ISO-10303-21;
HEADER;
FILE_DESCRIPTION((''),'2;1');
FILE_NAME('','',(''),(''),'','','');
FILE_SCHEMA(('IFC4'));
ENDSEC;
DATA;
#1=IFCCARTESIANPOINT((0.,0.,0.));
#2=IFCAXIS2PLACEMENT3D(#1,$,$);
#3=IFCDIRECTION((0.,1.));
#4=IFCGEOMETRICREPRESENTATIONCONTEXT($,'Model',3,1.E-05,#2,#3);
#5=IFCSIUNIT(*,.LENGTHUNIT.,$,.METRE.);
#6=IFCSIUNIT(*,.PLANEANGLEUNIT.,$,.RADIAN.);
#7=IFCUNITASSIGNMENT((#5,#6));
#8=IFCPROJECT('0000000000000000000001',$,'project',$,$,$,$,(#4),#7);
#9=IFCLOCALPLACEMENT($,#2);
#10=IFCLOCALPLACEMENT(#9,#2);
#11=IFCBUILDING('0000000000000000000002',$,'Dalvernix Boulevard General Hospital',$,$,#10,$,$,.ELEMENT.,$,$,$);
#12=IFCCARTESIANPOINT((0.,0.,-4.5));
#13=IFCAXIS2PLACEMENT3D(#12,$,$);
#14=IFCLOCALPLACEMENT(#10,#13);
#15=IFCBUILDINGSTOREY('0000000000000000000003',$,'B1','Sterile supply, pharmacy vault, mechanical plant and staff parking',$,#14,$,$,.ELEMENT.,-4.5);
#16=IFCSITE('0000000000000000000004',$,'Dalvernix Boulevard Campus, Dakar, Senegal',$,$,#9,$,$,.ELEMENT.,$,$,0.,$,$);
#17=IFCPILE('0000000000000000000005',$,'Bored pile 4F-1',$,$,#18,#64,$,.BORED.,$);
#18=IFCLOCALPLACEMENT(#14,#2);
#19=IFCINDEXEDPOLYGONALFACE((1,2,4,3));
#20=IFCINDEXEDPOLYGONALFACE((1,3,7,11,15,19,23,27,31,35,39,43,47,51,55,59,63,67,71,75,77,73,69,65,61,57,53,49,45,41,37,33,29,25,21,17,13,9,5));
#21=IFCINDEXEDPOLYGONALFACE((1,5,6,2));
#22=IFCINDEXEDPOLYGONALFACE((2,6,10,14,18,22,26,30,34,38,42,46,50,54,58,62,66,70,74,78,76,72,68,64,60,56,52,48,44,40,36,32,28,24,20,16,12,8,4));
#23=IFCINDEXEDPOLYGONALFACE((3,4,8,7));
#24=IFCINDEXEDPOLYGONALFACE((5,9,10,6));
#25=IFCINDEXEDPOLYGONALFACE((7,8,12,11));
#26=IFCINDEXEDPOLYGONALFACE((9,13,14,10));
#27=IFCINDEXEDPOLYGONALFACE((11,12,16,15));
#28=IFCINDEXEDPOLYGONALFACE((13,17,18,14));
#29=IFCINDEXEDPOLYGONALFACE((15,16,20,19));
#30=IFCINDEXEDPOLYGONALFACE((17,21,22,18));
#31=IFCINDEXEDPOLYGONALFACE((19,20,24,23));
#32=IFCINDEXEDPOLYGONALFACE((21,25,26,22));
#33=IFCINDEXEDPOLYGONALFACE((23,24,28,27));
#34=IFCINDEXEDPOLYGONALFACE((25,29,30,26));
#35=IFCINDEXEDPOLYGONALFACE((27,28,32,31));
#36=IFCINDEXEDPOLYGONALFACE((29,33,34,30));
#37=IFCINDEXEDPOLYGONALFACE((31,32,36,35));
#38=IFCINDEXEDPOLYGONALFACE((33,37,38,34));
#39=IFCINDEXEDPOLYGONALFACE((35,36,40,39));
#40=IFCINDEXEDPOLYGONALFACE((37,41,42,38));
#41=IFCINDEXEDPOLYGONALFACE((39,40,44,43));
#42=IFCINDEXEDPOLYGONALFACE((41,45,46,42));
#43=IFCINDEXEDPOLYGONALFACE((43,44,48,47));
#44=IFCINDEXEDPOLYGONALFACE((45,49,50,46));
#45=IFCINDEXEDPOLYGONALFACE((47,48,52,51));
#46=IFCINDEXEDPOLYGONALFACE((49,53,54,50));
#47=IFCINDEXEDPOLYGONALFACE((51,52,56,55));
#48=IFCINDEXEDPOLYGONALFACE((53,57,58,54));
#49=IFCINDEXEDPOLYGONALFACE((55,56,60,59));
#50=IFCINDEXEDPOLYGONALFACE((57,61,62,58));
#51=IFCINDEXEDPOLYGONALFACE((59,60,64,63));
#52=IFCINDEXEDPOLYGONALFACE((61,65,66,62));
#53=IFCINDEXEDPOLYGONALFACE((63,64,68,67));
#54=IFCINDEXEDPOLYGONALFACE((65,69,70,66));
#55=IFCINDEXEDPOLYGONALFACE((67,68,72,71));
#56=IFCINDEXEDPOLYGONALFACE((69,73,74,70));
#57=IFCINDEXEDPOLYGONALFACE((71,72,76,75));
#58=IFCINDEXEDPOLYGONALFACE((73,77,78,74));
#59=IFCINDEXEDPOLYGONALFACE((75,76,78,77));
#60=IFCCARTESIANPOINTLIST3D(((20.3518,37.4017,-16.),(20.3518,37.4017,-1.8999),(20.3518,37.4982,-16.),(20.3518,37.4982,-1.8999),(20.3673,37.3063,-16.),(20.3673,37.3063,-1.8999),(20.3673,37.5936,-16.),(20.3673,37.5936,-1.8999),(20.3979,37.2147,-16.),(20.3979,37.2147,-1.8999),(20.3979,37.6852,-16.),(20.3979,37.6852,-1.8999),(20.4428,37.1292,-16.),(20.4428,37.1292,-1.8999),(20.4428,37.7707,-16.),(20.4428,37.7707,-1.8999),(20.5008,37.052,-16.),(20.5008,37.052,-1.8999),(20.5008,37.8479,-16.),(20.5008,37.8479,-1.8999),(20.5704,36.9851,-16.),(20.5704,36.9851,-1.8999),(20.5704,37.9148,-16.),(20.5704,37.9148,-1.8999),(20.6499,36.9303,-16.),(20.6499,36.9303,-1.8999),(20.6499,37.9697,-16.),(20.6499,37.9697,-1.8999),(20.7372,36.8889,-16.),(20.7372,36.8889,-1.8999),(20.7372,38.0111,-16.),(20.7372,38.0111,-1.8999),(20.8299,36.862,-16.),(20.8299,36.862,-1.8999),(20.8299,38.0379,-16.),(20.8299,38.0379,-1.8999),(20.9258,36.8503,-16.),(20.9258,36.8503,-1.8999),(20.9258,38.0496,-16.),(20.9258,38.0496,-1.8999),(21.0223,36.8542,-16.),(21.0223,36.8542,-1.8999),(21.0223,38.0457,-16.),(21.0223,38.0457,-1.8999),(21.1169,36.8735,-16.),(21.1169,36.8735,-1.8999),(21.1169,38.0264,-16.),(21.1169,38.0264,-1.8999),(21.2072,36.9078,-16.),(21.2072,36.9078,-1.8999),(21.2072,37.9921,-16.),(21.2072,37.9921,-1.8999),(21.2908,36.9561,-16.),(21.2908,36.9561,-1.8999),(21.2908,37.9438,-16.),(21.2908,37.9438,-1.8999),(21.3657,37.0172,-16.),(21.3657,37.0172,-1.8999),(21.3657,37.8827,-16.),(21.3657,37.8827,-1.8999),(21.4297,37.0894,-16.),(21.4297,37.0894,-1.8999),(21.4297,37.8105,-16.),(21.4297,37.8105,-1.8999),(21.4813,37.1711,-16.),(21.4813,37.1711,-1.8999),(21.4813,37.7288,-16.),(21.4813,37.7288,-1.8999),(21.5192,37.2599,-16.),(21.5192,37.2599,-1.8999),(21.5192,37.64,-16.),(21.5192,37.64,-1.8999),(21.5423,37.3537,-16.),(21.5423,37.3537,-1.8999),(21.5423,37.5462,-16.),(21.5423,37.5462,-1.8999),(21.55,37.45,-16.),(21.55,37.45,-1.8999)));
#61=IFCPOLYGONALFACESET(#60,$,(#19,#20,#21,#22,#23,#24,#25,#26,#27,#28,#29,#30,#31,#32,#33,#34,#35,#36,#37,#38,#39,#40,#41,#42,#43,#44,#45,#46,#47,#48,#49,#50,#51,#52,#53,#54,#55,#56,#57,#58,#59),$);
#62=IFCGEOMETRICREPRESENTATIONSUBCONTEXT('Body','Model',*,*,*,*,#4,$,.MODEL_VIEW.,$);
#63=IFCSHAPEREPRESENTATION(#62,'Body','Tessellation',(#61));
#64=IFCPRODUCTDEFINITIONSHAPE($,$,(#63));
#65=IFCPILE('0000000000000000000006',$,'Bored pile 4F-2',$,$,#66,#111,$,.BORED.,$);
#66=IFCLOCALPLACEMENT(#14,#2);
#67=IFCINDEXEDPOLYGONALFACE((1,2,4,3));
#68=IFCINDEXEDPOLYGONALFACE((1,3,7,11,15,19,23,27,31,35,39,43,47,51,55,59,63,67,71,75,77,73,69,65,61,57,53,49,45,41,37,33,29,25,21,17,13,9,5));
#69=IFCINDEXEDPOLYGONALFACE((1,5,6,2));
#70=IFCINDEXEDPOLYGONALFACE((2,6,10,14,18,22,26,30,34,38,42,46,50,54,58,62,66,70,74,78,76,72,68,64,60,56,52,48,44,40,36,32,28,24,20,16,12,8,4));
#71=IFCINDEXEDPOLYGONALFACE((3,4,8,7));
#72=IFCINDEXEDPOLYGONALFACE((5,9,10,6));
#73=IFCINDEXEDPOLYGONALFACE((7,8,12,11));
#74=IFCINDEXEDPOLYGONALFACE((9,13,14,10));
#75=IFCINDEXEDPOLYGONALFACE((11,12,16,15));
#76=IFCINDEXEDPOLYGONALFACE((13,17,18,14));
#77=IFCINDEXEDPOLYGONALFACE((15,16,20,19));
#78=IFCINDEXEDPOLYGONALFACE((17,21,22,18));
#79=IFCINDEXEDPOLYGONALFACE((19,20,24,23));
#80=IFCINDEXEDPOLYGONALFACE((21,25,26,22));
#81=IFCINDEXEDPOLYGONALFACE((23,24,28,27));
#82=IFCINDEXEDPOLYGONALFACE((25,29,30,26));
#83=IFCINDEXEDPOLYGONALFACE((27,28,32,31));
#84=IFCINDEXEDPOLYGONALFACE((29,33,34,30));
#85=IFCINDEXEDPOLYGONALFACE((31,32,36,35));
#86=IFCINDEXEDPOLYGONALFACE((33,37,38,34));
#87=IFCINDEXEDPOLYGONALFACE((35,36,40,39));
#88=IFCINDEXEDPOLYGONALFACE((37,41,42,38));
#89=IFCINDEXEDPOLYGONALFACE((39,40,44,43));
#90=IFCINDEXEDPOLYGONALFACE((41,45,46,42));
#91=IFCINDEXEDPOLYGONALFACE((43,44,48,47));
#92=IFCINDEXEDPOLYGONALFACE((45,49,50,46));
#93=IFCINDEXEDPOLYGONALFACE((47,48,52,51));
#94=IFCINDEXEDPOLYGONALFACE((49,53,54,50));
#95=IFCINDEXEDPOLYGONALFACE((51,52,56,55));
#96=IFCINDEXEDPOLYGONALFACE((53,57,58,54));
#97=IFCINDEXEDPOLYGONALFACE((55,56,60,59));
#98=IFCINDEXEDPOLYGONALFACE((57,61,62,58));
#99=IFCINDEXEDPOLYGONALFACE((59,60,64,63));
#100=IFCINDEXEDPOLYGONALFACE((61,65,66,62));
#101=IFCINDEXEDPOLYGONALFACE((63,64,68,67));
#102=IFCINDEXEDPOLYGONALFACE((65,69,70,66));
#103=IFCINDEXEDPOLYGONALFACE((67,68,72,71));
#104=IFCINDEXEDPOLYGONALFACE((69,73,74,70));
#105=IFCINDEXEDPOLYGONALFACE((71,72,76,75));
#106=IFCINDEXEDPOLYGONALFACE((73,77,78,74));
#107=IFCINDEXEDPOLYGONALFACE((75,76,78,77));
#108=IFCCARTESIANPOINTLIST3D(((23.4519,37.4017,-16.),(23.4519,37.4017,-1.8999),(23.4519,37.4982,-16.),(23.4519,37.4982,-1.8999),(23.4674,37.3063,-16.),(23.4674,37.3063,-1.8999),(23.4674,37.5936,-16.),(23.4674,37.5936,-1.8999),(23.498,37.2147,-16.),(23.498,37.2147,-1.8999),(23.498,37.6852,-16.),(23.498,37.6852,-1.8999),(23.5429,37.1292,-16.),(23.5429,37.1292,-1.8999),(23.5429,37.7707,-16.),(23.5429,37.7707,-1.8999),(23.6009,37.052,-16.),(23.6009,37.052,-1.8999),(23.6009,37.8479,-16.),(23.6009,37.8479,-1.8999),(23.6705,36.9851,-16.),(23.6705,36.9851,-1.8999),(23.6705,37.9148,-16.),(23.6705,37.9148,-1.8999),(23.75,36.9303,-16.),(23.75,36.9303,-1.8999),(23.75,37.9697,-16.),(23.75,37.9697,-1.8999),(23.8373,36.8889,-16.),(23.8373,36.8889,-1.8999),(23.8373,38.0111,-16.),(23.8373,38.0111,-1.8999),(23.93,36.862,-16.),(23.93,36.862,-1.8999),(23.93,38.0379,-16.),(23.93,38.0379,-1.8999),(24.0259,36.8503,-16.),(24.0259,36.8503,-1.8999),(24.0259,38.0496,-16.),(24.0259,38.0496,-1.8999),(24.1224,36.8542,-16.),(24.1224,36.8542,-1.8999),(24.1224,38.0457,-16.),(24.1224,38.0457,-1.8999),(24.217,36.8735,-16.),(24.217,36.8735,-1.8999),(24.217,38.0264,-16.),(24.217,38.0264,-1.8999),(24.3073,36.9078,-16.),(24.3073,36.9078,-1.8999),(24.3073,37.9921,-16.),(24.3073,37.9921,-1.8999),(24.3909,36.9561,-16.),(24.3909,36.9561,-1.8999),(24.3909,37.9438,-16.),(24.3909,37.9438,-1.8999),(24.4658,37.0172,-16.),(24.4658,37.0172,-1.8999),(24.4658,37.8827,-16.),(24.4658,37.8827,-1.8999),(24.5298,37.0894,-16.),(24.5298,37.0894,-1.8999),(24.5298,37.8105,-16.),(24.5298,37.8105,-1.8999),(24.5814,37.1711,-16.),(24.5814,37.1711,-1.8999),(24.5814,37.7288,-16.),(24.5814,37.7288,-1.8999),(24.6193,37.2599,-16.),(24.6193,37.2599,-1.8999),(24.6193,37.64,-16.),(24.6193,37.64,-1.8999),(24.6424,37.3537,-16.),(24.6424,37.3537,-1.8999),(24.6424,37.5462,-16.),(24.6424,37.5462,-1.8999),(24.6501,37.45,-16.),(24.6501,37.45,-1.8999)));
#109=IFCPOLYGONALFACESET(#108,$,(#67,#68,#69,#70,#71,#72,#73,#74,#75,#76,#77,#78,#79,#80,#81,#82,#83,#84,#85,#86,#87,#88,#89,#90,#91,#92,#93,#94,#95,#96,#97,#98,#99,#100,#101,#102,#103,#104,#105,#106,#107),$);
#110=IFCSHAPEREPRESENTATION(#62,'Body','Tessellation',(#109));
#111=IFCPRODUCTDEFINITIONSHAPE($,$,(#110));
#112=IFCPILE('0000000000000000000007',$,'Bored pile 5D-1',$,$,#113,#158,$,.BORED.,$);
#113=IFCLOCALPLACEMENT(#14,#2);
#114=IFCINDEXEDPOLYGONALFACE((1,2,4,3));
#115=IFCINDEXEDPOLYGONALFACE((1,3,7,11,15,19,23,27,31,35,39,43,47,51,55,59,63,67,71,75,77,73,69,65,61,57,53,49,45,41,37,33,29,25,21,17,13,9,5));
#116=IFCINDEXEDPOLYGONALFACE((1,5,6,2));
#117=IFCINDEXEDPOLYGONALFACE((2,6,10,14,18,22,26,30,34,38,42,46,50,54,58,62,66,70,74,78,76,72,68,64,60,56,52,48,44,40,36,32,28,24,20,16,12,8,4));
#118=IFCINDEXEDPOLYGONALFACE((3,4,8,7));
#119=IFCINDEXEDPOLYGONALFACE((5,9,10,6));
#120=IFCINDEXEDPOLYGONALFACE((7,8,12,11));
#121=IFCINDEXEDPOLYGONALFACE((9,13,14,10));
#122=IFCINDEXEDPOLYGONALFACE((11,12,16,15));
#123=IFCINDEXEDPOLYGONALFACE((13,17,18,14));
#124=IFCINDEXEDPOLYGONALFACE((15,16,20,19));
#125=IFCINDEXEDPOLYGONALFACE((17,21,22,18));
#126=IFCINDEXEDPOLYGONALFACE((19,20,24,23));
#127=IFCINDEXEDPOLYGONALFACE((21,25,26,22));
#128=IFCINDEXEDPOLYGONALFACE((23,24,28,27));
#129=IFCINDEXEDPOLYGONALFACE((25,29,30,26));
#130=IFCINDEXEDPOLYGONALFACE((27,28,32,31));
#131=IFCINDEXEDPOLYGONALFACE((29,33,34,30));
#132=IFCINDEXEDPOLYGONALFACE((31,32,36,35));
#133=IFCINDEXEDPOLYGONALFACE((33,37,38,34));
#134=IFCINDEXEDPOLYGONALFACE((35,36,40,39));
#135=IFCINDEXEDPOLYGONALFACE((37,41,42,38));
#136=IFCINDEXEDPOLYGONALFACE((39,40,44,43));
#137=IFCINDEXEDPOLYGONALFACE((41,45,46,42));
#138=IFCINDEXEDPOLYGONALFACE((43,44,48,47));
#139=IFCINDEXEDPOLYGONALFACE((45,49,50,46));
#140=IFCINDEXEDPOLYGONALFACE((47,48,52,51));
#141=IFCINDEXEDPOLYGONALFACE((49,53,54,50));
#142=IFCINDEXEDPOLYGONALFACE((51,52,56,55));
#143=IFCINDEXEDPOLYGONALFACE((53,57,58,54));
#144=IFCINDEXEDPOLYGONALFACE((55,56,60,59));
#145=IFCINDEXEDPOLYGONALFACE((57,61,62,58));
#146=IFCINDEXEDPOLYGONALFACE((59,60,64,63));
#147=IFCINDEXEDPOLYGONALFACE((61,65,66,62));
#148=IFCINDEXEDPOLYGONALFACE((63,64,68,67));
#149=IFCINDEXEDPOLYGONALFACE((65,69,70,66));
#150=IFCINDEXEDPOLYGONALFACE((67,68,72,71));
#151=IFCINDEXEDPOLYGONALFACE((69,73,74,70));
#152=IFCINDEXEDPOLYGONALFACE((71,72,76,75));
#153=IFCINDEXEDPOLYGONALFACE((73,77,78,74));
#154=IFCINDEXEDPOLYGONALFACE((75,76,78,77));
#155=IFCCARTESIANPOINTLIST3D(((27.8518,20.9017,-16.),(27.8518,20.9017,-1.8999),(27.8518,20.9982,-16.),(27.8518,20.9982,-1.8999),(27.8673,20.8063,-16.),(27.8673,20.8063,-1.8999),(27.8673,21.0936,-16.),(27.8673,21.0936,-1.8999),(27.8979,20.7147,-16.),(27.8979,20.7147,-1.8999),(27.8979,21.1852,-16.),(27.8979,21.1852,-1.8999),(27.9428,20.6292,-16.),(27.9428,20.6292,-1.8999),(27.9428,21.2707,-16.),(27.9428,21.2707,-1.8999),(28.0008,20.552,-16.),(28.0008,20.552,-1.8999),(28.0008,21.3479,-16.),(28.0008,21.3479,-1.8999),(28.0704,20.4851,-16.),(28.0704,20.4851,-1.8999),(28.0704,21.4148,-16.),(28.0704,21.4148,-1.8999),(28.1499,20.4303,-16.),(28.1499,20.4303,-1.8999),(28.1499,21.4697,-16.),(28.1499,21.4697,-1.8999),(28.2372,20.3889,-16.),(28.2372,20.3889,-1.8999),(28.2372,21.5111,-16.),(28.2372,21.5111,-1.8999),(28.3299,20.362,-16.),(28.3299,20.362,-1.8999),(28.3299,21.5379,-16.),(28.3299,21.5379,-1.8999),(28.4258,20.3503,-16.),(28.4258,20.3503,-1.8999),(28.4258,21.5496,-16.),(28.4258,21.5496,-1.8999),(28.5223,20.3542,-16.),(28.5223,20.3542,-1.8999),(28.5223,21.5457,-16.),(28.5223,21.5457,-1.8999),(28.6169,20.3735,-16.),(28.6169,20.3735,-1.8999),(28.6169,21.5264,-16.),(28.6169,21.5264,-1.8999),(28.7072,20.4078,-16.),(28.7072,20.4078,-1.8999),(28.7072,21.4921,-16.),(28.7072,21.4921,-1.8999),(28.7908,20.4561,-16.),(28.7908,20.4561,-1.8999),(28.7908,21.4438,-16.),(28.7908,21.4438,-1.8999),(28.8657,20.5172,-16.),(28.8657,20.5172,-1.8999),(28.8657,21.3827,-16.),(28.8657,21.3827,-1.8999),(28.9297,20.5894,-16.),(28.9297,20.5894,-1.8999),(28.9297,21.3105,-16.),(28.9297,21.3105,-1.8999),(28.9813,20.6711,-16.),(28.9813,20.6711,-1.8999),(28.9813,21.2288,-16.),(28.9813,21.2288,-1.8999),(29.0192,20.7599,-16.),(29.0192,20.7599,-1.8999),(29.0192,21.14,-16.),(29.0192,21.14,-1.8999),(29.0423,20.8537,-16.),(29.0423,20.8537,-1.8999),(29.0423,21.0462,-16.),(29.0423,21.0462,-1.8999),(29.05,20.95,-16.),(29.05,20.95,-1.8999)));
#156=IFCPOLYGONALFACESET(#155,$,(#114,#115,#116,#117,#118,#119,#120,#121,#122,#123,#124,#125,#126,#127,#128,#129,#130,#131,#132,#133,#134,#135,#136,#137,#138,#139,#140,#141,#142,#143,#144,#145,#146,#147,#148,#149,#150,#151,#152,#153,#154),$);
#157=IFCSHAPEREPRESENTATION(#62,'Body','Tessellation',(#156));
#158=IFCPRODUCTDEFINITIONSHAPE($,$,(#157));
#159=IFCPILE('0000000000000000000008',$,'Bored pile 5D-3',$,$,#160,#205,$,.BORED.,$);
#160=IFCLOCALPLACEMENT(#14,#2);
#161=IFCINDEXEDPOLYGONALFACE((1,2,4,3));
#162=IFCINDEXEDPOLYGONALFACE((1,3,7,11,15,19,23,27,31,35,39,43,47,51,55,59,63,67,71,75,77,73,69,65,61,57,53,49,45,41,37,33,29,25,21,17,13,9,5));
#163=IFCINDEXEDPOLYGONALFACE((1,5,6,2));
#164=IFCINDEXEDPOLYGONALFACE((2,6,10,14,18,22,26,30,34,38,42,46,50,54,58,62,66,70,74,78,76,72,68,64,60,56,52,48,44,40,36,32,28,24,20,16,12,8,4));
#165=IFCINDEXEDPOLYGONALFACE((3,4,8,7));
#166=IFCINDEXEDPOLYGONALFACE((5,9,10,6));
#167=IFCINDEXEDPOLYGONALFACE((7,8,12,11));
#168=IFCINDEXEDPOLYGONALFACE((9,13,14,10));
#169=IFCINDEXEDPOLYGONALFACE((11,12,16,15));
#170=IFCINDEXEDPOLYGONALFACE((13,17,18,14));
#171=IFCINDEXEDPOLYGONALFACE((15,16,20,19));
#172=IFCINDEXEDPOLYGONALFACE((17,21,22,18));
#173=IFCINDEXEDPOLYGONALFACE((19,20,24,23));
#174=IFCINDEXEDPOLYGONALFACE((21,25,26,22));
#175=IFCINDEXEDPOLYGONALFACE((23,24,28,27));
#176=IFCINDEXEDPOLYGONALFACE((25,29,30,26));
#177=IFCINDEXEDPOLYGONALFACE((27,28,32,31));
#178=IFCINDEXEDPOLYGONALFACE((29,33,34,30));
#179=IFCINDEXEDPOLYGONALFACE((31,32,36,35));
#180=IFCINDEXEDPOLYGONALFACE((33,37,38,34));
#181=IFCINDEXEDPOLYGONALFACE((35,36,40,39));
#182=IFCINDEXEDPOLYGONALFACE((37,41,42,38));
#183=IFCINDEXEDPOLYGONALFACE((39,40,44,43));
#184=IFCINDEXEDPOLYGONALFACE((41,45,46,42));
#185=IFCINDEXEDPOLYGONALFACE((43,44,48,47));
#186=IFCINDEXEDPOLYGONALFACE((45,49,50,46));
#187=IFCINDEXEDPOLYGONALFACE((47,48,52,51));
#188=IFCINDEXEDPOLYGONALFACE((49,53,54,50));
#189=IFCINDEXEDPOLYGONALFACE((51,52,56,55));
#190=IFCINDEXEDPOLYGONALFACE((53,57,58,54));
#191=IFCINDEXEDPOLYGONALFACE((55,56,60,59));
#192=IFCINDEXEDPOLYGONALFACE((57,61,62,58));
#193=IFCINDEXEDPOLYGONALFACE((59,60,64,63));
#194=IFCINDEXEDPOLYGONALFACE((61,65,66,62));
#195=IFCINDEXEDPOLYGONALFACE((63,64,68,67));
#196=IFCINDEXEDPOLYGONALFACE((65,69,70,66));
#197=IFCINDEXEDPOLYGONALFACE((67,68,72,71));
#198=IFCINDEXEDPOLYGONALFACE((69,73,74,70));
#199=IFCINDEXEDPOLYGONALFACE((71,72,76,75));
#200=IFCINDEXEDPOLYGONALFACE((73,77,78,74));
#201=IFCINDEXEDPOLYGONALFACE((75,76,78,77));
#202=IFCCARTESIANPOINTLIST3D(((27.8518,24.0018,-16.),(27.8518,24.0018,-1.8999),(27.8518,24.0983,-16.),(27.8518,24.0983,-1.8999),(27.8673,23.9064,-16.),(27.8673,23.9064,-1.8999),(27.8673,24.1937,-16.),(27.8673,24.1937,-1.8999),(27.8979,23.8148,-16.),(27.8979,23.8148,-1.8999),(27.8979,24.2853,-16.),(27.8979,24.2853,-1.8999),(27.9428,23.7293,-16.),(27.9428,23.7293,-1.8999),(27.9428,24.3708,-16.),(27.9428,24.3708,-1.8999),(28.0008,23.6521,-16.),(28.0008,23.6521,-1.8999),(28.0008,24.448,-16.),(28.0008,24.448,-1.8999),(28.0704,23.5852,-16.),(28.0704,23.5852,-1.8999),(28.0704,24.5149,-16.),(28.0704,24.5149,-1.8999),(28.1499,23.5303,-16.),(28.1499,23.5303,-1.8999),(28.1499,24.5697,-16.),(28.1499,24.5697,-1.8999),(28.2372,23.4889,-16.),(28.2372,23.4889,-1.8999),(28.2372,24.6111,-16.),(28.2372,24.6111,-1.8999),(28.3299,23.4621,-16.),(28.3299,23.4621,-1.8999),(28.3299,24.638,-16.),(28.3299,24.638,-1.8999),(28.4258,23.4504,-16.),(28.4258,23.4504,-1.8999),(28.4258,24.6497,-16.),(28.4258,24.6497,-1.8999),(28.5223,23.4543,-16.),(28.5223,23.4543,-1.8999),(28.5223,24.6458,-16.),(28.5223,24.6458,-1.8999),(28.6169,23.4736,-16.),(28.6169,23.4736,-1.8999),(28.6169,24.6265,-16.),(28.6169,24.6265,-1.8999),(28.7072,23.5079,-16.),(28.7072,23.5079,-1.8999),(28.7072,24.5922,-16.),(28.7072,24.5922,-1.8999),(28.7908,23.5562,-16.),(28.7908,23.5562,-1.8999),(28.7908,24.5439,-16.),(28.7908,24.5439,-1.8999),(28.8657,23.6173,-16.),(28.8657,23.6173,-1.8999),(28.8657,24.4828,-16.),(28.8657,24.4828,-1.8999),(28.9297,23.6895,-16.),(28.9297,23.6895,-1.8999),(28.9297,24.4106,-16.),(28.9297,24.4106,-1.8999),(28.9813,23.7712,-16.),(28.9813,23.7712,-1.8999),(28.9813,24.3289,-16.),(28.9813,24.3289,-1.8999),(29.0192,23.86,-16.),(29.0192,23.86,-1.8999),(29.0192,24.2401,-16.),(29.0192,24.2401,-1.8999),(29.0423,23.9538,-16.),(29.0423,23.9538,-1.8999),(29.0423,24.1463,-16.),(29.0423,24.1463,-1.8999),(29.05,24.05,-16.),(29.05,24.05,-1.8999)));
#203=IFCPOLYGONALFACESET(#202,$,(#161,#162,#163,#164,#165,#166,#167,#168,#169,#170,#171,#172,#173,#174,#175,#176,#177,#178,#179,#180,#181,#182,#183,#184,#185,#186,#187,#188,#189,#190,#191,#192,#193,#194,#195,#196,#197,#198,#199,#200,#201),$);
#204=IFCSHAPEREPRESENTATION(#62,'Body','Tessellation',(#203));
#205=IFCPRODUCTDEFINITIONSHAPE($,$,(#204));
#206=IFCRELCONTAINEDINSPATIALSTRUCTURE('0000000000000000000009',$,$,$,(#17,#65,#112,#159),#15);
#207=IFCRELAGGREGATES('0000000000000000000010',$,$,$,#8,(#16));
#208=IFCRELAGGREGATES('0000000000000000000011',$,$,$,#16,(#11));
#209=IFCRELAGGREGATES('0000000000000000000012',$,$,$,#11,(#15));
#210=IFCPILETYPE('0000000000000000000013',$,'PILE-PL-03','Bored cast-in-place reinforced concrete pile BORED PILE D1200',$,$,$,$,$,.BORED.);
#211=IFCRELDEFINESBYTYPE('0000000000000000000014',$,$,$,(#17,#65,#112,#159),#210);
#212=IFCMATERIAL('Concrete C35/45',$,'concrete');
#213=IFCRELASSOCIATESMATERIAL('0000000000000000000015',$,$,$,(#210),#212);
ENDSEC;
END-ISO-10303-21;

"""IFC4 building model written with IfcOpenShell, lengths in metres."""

from ifc_helpers import new_model, si_unit, direction, frame, origin, origin_2d, place, context, subcontext, project, spatial, circle, extrude, material, material_profile, profile_set, type_object, element, save


model = new_model("IFC4")

# Units and contexts
model_context = context("Model", 3, precision=1e-05, world=origin(), true_north=direction((0.0, 1.0)))
body_context = subcontext(model_context, "Body", "Model", "MODEL_VIEW")
ifc_project = project(units=[si_unit("LENGTHUNIT", "METRE"), si_unit("PLANEANGLEUNIT", "RADIAN")], contexts=[model_context])

# Site, building, storey
site_placement = place(None, origin())
site = spatial("IfcSite", under=ifc_project, at=site_placement, Name="Dalvernix Boulevard Campus, Dakar, Senegal", CompositionType="ELEMENT", RefElevation=0.0)
building_placement = place(site_placement, origin())
building = spatial("IfcBuilding", under=site, at=building_placement, Name="Dalvernix Boulevard General Hospital", CompositionType="ELEMENT")
storey_placement = place(building_placement, frame((0.0, 0.0, -4.5)))
storey = spatial("IfcBuildingStorey", under=building, at=storey_placement, Name="B1", Description="Sterile supply, pharmacy vault, mechanical plant and staff parking", CompositionType="ELEMENT", Elevation=-4.5)

# Shared definitions
ifc_material_1 = material(Name="Concrete C35/45", Category="concrete")

# Piles
ifc_material_profile_1 = material_profile(ifc_material_1, circle(Radius=0.6001, at=origin_2d()), Name="BORED PILE D1200")
ifc_profile_set_1 = profile_set([ifc_material_profile_1], Name="Concrete C35/45")
pile_type = type_object("IfcPileType", Name="PILE-PL-03", Description="Bored cast-in-place reinforced concrete pile BORED PILE D1200", PredefinedType="BORED", material=ifc_profile_set_1)
for number, where, z_axis, x_axis, name in (
    (1, (20.95, 37.45, -1.8999), (0.0, 0.0, -1.0), (1.0, 0.0, 0.0), "Bored pile 4F-1"),
    (2, (24.05, 37.45, -1.8999), (0.0, 0.0, -1.0), (1.0, 0.0, 0.0), "Bored pile 4F-2"),
    (3, (28.45, 20.95, -1.8999), (0.0, 0.0, -1.0), (1.0, 0.0, 0.0), "Bored pile 5D-1"),
    (4, (28.45, 24.05, -1.8999), (0.0, 0.0, -1.0), (1.0, 0.0, 0.0), "Bored pile 5D-3"),
):
    element("IfcPile", number, at=place(storey_placement, frame(where, z_axis=z_axis, x_axis=x_axis)), inside=storey, type_object=pile_type, Name=name, PredefinedType="BORED", context=body_context, shape_type="SweptSolid", body=[
        extrude(circle(Radius=0.6001, at=origin_2d()), origin(), (0.0, 0.0, 1.0), 14.1001),
    ])

save(model, "model.ifc")
